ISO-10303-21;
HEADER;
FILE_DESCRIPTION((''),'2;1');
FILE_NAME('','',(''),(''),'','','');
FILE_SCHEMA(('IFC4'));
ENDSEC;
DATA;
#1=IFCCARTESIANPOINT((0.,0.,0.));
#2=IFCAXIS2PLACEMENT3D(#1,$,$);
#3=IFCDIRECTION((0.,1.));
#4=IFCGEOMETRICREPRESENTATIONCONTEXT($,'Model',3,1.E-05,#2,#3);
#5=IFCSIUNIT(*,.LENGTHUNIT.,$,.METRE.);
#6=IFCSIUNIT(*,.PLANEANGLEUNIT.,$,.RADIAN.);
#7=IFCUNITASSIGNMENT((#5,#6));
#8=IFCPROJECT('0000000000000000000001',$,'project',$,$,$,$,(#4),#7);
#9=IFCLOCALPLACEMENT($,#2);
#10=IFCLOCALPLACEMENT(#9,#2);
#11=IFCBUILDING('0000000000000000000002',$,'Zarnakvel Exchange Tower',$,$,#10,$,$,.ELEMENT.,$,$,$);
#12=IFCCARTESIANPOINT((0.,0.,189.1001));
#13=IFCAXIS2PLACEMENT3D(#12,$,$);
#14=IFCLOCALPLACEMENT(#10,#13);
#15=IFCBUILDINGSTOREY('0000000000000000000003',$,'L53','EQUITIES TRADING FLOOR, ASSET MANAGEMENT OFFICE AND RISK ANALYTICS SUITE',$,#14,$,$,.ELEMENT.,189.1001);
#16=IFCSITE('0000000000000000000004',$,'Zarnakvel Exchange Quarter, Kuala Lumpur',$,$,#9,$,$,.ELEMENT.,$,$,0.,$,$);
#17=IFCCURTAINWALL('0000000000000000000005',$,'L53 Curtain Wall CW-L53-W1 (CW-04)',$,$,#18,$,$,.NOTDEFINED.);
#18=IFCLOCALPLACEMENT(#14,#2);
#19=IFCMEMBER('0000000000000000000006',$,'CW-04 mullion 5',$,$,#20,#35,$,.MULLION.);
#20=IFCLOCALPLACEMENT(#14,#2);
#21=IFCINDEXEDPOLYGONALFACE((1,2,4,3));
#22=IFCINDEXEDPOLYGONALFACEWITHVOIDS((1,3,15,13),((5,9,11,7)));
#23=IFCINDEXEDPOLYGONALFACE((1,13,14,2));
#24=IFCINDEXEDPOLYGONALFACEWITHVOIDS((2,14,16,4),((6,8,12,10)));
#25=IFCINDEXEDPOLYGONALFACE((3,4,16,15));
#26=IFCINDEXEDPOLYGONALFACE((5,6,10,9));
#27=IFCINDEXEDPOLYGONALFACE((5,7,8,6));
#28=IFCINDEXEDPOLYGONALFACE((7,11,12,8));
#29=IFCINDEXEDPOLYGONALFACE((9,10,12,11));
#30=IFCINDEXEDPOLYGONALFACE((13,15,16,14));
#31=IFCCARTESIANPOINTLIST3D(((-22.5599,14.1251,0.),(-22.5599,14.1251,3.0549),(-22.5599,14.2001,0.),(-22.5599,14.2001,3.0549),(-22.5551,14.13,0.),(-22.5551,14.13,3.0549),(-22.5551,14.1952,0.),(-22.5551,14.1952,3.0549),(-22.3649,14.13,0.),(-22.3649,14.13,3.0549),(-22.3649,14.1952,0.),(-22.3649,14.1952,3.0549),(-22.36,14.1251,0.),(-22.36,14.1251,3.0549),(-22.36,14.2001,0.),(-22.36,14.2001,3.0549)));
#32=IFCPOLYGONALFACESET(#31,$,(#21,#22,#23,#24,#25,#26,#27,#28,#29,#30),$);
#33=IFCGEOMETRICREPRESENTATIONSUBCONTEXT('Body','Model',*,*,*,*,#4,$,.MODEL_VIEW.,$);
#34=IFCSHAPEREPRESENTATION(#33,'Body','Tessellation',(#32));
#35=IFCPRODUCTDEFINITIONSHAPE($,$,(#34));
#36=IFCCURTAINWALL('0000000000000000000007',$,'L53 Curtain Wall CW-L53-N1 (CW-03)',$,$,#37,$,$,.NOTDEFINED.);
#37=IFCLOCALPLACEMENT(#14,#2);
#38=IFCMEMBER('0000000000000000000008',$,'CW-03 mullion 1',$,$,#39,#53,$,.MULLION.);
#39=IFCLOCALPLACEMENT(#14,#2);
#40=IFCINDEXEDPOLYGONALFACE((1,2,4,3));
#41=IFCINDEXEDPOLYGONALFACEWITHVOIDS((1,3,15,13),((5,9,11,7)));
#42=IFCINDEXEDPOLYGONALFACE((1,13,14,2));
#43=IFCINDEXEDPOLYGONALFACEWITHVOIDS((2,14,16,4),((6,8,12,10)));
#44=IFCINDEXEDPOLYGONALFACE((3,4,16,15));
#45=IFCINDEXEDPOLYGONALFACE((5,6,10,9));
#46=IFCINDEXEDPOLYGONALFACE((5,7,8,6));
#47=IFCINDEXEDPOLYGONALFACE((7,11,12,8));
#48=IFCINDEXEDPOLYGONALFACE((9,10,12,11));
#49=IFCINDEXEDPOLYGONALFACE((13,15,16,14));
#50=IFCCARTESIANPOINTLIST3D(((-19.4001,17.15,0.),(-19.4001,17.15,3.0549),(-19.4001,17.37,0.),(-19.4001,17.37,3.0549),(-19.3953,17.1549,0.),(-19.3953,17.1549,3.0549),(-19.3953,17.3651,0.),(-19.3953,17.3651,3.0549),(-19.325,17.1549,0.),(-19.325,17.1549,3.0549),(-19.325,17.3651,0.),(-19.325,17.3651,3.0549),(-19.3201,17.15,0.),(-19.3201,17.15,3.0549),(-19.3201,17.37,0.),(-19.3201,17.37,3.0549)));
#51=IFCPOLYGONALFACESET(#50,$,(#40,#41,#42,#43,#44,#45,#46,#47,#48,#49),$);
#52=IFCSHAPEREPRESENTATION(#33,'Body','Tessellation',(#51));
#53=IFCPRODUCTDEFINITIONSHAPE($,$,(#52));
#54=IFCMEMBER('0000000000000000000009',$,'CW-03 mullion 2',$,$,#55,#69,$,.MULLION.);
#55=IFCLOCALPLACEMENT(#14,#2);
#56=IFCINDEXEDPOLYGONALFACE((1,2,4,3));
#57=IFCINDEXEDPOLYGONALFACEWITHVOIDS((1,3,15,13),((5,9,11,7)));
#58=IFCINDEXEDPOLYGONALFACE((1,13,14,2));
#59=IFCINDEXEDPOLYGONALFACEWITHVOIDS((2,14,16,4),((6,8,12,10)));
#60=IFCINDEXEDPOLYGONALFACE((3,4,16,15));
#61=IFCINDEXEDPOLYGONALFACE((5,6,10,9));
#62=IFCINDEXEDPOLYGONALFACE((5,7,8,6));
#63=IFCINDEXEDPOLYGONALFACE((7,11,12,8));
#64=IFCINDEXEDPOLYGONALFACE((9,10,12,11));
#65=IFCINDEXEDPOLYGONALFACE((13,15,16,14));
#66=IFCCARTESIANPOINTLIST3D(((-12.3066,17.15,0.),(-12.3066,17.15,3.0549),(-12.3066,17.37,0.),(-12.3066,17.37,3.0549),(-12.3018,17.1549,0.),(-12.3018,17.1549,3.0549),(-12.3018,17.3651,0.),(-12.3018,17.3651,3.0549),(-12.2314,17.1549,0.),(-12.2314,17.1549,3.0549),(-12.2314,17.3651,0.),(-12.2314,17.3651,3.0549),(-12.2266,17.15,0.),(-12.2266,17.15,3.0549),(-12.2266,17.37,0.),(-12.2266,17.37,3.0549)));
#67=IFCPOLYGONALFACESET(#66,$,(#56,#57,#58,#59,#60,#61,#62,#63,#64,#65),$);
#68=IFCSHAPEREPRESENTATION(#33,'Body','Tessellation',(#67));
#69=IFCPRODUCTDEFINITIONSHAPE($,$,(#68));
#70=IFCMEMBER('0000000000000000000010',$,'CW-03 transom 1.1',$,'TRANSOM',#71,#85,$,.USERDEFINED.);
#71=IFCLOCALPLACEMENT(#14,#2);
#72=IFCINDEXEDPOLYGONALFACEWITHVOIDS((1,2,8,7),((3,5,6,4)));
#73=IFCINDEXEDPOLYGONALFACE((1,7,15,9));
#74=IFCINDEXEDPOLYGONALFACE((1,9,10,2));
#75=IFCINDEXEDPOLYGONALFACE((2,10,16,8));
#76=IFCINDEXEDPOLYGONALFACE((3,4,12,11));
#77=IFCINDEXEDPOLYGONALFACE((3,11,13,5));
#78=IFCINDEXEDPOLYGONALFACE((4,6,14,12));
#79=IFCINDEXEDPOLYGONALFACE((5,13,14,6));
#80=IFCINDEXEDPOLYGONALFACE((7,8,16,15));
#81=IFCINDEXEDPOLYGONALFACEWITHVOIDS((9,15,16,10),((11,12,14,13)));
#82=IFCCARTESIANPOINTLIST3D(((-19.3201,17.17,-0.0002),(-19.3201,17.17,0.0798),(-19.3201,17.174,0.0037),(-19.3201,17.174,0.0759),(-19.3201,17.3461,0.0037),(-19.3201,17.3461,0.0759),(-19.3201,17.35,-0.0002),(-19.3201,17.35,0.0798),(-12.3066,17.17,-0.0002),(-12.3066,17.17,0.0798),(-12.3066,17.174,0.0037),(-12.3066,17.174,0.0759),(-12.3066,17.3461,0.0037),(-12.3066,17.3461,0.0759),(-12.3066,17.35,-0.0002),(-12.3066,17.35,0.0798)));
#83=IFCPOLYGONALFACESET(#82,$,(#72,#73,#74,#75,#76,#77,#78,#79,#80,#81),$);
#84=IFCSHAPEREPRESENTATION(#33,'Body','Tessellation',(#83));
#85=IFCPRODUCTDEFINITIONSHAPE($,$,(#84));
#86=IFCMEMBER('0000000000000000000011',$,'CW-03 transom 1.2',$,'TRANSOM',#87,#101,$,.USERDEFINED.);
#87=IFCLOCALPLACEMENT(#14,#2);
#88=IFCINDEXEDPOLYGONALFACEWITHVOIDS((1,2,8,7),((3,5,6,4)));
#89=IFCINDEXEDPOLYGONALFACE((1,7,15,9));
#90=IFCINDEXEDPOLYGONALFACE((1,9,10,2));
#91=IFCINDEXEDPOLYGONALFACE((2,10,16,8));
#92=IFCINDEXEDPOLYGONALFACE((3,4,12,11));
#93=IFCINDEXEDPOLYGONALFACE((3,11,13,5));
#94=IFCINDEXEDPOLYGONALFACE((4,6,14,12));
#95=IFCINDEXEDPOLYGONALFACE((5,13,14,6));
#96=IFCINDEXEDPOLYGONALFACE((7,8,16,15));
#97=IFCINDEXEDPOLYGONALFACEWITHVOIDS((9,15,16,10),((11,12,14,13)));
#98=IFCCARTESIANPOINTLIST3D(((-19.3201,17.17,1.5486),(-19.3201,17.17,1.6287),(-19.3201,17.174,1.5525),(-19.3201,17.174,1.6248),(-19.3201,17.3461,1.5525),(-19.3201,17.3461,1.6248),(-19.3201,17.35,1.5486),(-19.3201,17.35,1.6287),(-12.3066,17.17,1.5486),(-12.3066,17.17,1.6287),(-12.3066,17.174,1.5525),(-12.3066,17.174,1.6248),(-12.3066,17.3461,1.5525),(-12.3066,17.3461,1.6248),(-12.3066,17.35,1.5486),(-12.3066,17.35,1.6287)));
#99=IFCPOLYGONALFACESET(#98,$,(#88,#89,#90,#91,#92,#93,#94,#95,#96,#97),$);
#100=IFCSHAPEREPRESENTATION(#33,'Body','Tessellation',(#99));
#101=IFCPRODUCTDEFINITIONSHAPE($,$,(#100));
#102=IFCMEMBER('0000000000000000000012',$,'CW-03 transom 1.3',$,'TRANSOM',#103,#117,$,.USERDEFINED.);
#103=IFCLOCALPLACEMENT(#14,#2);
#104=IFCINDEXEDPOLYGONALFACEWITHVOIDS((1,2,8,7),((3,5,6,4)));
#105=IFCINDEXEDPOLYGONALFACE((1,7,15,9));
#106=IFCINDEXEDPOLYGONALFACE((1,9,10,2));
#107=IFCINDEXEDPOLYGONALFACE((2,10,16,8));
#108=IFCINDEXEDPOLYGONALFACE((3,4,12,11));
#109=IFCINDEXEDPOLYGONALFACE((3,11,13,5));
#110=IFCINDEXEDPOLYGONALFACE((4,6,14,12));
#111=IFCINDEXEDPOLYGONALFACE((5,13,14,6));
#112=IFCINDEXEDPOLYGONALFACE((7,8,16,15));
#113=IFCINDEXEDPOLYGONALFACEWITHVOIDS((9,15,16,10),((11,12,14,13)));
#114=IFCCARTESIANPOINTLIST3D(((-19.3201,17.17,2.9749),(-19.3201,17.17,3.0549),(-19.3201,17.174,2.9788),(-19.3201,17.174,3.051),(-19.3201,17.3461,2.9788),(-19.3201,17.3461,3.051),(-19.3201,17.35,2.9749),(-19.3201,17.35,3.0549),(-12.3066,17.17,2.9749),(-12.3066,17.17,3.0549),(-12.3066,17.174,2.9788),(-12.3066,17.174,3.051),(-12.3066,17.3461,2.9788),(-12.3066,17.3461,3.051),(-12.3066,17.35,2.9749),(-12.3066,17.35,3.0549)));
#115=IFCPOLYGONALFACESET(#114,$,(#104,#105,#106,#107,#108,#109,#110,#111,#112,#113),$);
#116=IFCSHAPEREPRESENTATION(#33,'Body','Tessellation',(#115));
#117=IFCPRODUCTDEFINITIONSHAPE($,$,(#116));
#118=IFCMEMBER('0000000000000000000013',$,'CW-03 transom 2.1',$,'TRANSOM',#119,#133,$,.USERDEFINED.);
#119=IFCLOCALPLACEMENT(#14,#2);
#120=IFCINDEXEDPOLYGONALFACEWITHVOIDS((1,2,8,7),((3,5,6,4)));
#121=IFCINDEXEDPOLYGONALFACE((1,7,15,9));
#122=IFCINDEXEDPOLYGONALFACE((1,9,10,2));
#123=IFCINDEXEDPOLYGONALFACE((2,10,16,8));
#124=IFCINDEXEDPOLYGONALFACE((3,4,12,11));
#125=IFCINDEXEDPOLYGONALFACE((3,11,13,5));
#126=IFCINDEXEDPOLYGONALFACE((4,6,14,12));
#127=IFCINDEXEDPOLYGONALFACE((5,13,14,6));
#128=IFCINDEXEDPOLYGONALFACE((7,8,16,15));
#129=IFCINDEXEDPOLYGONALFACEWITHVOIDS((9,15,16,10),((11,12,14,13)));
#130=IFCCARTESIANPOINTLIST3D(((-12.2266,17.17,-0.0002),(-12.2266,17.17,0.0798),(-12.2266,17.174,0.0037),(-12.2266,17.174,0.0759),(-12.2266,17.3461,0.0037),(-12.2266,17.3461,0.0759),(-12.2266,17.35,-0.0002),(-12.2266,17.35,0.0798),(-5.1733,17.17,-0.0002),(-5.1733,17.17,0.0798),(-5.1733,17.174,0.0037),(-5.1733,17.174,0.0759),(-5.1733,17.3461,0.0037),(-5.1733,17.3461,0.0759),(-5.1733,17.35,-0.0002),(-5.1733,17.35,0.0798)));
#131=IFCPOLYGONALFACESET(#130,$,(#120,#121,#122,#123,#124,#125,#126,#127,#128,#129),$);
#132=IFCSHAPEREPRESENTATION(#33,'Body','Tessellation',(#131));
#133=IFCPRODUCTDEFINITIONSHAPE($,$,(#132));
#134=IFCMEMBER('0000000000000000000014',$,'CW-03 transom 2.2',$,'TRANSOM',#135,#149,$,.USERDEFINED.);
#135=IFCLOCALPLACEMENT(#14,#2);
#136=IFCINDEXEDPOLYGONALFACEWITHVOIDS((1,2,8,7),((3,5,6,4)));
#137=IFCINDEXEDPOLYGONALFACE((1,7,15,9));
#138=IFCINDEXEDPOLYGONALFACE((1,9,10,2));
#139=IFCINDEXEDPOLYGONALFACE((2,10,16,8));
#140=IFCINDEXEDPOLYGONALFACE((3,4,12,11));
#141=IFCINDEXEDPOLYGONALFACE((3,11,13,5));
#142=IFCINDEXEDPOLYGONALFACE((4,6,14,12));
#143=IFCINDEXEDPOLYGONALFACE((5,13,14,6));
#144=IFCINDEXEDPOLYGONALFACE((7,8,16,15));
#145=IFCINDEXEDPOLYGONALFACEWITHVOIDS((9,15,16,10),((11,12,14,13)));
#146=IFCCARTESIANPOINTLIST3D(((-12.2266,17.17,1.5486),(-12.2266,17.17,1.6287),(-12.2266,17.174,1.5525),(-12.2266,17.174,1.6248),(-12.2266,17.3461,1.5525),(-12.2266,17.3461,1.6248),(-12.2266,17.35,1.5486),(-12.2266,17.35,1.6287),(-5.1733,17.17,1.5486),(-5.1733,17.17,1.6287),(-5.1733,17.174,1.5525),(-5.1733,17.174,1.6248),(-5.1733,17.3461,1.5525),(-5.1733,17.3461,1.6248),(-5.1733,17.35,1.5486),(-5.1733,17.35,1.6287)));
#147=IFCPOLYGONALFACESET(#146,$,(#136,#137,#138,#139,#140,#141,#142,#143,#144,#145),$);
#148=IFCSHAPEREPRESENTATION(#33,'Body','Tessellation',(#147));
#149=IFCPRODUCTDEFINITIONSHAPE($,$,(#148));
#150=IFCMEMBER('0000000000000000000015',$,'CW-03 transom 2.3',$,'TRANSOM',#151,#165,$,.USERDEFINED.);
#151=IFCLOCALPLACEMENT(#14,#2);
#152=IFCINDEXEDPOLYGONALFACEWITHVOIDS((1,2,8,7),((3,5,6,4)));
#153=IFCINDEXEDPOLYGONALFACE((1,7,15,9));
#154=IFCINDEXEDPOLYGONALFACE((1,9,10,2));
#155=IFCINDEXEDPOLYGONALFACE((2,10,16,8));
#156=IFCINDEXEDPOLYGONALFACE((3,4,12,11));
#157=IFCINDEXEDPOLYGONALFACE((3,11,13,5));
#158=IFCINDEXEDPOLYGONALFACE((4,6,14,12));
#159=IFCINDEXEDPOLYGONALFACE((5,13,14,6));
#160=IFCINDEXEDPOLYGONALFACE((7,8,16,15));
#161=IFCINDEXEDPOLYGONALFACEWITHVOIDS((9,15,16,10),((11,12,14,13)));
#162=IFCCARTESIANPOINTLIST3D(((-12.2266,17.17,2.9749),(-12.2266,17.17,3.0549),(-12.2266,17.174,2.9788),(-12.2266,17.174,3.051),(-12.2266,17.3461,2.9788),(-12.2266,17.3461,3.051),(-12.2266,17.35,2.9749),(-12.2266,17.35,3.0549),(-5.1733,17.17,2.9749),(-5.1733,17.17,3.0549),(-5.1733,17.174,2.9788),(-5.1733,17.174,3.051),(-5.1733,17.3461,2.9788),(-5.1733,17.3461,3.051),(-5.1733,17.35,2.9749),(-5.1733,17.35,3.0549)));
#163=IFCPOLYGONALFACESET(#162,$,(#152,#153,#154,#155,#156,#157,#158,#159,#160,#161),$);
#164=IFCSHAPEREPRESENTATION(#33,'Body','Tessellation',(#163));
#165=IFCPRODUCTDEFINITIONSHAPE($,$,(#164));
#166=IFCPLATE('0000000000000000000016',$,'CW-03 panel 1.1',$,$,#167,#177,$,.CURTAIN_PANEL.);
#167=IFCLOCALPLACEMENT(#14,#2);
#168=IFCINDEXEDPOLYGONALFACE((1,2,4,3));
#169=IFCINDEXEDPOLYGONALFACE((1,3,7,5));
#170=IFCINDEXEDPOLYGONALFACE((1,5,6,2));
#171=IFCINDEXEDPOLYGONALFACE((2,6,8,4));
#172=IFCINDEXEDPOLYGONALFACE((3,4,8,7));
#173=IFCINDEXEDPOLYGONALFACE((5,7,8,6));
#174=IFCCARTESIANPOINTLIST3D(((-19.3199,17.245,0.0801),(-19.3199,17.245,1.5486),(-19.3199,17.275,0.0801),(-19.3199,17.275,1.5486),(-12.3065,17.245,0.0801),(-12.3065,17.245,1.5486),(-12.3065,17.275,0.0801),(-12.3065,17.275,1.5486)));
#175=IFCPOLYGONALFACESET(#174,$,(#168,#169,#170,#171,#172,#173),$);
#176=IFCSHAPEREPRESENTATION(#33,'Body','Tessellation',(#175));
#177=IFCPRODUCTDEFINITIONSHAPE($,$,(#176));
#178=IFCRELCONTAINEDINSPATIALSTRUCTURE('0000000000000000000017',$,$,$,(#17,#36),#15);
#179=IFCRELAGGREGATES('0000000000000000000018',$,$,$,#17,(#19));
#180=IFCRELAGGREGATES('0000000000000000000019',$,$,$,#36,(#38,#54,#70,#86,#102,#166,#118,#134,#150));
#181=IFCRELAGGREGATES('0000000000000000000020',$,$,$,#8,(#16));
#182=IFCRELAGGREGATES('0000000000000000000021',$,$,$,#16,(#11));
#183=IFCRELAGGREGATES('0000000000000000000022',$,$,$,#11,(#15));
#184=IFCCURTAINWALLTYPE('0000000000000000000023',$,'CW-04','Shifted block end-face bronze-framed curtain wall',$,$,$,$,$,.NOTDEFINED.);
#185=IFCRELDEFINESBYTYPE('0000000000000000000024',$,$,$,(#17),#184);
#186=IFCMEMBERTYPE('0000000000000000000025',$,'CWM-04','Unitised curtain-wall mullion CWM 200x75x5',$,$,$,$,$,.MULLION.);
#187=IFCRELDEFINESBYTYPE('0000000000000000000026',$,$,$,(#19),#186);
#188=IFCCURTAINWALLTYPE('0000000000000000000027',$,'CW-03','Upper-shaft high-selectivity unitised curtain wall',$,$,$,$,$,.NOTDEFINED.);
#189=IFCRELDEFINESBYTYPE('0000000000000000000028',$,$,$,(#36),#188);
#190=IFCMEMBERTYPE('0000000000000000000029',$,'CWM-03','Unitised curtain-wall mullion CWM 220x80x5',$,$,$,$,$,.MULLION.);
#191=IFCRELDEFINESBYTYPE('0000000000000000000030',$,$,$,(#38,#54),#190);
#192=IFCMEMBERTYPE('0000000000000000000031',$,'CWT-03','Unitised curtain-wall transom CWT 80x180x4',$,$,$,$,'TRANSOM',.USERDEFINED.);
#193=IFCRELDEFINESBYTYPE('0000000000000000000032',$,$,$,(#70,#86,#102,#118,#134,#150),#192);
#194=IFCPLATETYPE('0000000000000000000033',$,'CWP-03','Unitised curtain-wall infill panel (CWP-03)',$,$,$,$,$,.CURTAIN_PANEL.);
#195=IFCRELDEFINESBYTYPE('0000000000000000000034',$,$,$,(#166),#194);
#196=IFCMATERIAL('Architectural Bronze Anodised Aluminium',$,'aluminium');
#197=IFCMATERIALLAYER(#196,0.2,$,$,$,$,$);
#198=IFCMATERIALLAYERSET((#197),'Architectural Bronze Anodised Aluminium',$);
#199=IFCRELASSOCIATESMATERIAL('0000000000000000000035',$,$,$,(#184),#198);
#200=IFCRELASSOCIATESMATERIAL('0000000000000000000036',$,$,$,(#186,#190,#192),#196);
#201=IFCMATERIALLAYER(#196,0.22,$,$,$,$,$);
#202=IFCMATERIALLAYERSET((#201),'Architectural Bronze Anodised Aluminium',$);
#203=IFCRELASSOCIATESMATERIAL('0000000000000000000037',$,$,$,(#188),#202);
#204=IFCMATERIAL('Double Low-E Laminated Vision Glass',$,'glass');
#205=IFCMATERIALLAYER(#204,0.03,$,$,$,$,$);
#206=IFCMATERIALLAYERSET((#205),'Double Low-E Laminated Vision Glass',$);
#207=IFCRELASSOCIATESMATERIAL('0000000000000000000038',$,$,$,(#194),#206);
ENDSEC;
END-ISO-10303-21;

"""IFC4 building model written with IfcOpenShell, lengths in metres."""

from ifc_helpers import new_model, si_unit, direction, frame, origin, origin_2d, place, context, subcontext, project, spatial, rectangle, hollow_rectangle, extrude, source, transform, mapped, material, layer, layer_set, material_profile, profile_set, type_object, element, aggregate, save


model = new_model("IFC4")

# Units and contexts
model_context = context("Model", 3, precision=1e-05, world=origin(), true_north=direction((0.0, 1.0)))
body_context = subcontext(model_context, "Body", "Model", "MODEL_VIEW")
ifc_project = project(units=[si_unit("LENGTHUNIT", "METRE"), si_unit("PLANEANGLEUNIT", "RADIAN")], contexts=[model_context])

# Site, building, storey
site_placement = place(None, origin())
site = spatial("IfcSite", under=ifc_project, at=site_placement, Name="Zarnakvel Exchange Quarter, Kuala Lumpur", CompositionType="ELEMENT", RefElevation=0.0)
building_placement = place(site_placement, origin())
building = spatial("IfcBuilding", under=site, at=building_placement, Name="Zarnakvel Exchange Tower", CompositionType="ELEMENT")
storey_placement = place(building_placement, frame((0.0, 0.0, 189.1001)))
storey = spatial("IfcBuildingStorey", under=building, at=storey_placement, Name="L53", Description="EQUITIES TRADING FLOOR, ASSET MANAGEMENT OFFICE AND RISK ANALYTICS SUITE", CompositionType="ELEMENT", Elevation=189.1001)

# Curtain wall, member
ifc_material_1 = material(Name="Architectural Bronze Anodised Aluminium", Category="aluminium")
ifc_layer_1 = layer(ifc_material_1, 0.2)
ifc_layer_set_1 = layer_set([ifc_layer_1], Name="Architectural Bronze Anodised Aluminium")
curtain_wall_type_1 = type_object("IfcCurtainWallType", Name="CW-04", Description="Shifted block end-face bronze-framed curtain wall", PredefinedType="NOTDEFINED", material=ifc_layer_set_1)
curtain_wall_1_placement = place(storey_placement, origin())
curtain_wall_1 = element("IfcCurtainWall", 1, at=curtain_wall_1_placement, inside=storey, type_object=curtain_wall_type_1, Name="L53 Curtain Wall CW-L53-W1 (CW-04)", PredefinedType="NOTDEFINED")
ifc_material_profile_1 = material_profile(ifc_material_1, hollow_rectangle(XDim=0.2, YDim=0.075, WallThickness=0.0049, at=origin_2d()))
ifc_profile_set_1 = profile_set([ifc_material_profile_1], Name="Architectural Bronze Anodised Aluminium")
member_type_1 = type_object("IfcMemberType", Name="CWM-04", Description="Unitised curtain-wall mullion CWM 200x75x5", PredefinedType="MULLION", material=ifc_profile_set_1)
shared_shape_1 = source(origin(), body_context, "Body", "SweptSolid", [
    extrude(hollow_rectangle(XDim=0.2, YDim=0.075, WallThickness=0.0049, at=origin_2d()), origin(), (0.0, 0.0, 1.0), 3.0549),
])
member_1_placement = place(storey_placement, frame((-22.46, 14.1626, 0.0), z_axis=(0.0, 0.0, 1.0), x_axis=(-1.0, 0.0, 0.0)))
member_1 = element("IfcMember", 2, at=member_1_placement, type_object=member_type_1, Name="CW-04 mullion 5", PredefinedType="MULLION", context=body_context, shape_type="MappedRepresentation", body=[
    mapped(shared_shape_1, transform((0.0, 0.0, 0.0), x_axis=(1.0, 0.0, 0.0), y_axis=(0.0, 1.0, 0.0), z_axis=(0.0, 0.0, 1.0), scale=1.0)),
])
aggregate(curtain_wall_1, [member_1])

# Curtain wall, members, plate
ifc_layer_2 = layer(ifc_material_1, 0.22)
ifc_layer_set_2 = layer_set([ifc_layer_2], Name="Architectural Bronze Anodised Aluminium")
curtain_wall_type_2 = type_object("IfcCurtainWallType", Name="CW-03", Description="Upper-shaft high-selectivity unitised curtain wall", PredefinedType="NOTDEFINED", material=ifc_layer_set_2)
curtain_wall_2_placement = place(storey_placement, origin())
curtain_wall_2 = element("IfcCurtainWall", 3, at=curtain_wall_2_placement, inside=storey, type_object=curtain_wall_type_2, Name="L53 Curtain Wall CW-L53-N1 (CW-03)", PredefinedType="NOTDEFINED")
ifc_material_profile_2 = material_profile(ifc_material_1, hollow_rectangle(XDim=0.22, YDim=0.0801, WallThickness=0.0049, at=origin_2d()))
ifc_profile_set_2 = profile_set([ifc_material_profile_2], Name="Architectural Bronze Anodised Aluminium")
member_type_2 = type_object("IfcMemberType", Name="CWM-03", Description="Unitised curtain-wall mullion CWM 220x80x5", PredefinedType="MULLION", material=ifc_profile_set_2)
shared_shape_2 = source(origin(), body_context, "Body", "SweptSolid", [
    extrude(hollow_rectangle(XDim=0.22, YDim=0.0801, WallThickness=0.0049, at=origin_2d()), origin(), (0.0, 0.0, 1.0), 3.0549),
])
member_2_placement = place(storey_placement, frame((-19.3601, 17.26, 0.0), z_axis=(0.0, 0.0, 1.0), x_axis=(0.0, 1.0, 0.0)))
member_2 = element("IfcMember", 4, at=member_2_placement, type_object=member_type_2, Name="CW-03 mullion 1", PredefinedType="MULLION", context=body_context, shape_type="MappedRepresentation", body=[
    mapped(shared_shape_2, transform((0.0, 0.0, 0.0), x_axis=(1.0, 0.0, 0.0), y_axis=(0.0, 1.0, 0.0), z_axis=(0.0, 0.0, 1.0), scale=1.0)),
])
member_3_placement = place(storey_placement, frame((-12.2666, 17.26, 0.0), z_axis=(0.0, 0.0, 1.0), x_axis=(0.0, 1.0, 0.0)))
member_3 = element("IfcMember", 5, at=member_3_placement, type_object=member_type_2, Name="CW-03 mullion 2", PredefinedType="MULLION", context=body_context, shape_type="MappedRepresentation", body=[
    mapped(shared_shape_2, transform((0.0, 0.0, 0.0), x_axis=(1.0, 0.0, 0.0), y_axis=(0.0, 1.0, 0.0), z_axis=(0.0, 0.0, 1.0), scale=1.0)),
])
ifc_material_profile_3 = material_profile(ifc_material_1, hollow_rectangle(XDim=0.1799, YDim=0.0801, WallThickness=0.0039, at=origin_2d()))
ifc_profile_set_3 = profile_set([ifc_material_profile_3], Name="Architectural Bronze Anodised Aluminium")
member_type_3 = type_object("IfcMemberType", Name="CWT-03", Description="Unitised curtain-wall transom CWT 80x180x4", ElementType="TRANSOM", PredefinedType="USERDEFINED", material=ifc_profile_set_3)
shared_shape_3 = source(origin(), body_context, "Body", "SweptSolid", [
    extrude(hollow_rectangle(XDim=0.1799, YDim=0.0801, WallThickness=0.0039, at=origin_2d()), origin(), (0.0, 0.0, 1.0), 7.0134),
])
member_4_placement = place(storey_placement, frame((-19.3201, 17.26, 0.0398), z_axis=(1.0, 0.0, 0.0), x_axis=(0.0, 1.0, 0.0)))
member_4 = element("IfcMember", 6, at=member_4_placement, type_object=member_type_3, Name="CW-03 transom 1.1", ObjectType="TRANSOM", PredefinedType="USERDEFINED", context=body_context, shape_type="MappedRepresentation", body=[
    mapped(shared_shape_3, transform((0.0, 0.0, 0.0), x_axis=(1.0, 0.0, 0.0), y_axis=(0.0, 1.0, 0.0), z_axis=(0.0, 0.0, 1.0), scale=1.0)),
])
member_5_placement = place(storey_placement, frame((-19.3201, 17.26, 1.5886), z_axis=(1.0, 0.0, 0.0), x_axis=(0.0, 1.0, 0.0)))
member_5 = element("IfcMember", 7, at=member_5_placement, type_object=member_type_3, Name="CW-03 transom 1.2", ObjectType="TRANSOM", PredefinedType="USERDEFINED", context=body_context, shape_type="MappedRepresentation", body=[
    mapped(shared_shape_3, transform((0.0, 0.0, 0.0), x_axis=(1.0, 0.0, 0.0), y_axis=(0.0, 1.0, 0.0), z_axis=(0.0, 0.0, 1.0), scale=1.0)),
])
member_6_placement = place(storey_placement, frame((-19.3201, 17.26, 3.0149), z_axis=(1.0, 0.0, 0.0), x_axis=(0.0, 1.0, 0.0)))
member_6 = element("IfcMember", 8, at=member_6_placement, type_object=member_type_3, Name="CW-03 transom 1.3", ObjectType="TRANSOM", PredefinedType="USERDEFINED", context=body_context, shape_type="MappedRepresentation", body=[
    mapped(shared_shape_3, transform((0.0, 0.0, 0.0), x_axis=(1.0, 0.0, 0.0), y_axis=(0.0, 1.0, 0.0), z_axis=(0.0, 0.0, 1.0), scale=1.0)),
])
shared_shape_4 = source(origin(), body_context, "Body", "SweptSolid", [
    extrude(hollow_rectangle(XDim=0.1799, YDim=0.0801, WallThickness=0.0039, at=origin_2d()), origin(), (0.0, 0.0, 1.0), 7.0532),
])
member_7_placement = place(storey_placement, frame((-12.2266, 17.26, 0.0398), z_axis=(1.0, 0.0, 0.0), x_axis=(0.0, 1.0, 0.0)))
member_7 = element("IfcMember", 9, at=member_7_placement, type_object=member_type_3, Name="CW-03 transom 2.1", ObjectType="TRANSOM", PredefinedType="USERDEFINED", context=body_context, shape_type="MappedRepresentation", body=[
    mapped(shared_shape_4, transform((0.0, 0.0, 0.0), x_axis=(1.0, 0.0, 0.0), y_axis=(0.0, 1.0, 0.0), z_axis=(0.0, 0.0, 1.0), scale=1.0)),
])
member_8_placement = place(storey_placement, frame((-12.2266, 17.26, 1.5886), z_axis=(1.0, 0.0, 0.0), x_axis=(0.0, 1.0, 0.0)))
member_8 = element("IfcMember", 10, at=member_8_placement, type_object=member_type_3, Name="CW-03 transom 2.2", ObjectType="TRANSOM", PredefinedType="USERDEFINED", context=body_context, shape_type="MappedRepresentation", body=[
    mapped(shared_shape_4, transform((0.0, 0.0, 0.0), x_axis=(1.0, 0.0, 0.0), y_axis=(0.0, 1.0, 0.0), z_axis=(0.0, 0.0, 1.0), scale=1.0)),
])
member_9_placement = place(storey_placement, frame((-12.2266, 17.26, 3.0149), z_axis=(1.0, 0.0, 0.0), x_axis=(0.0, 1.0, 0.0)))
member_9 = element("IfcMember", 11, at=member_9_placement, type_object=member_type_3, Name="CW-03 transom 2.3", ObjectType="TRANSOM", PredefinedType="USERDEFINED", context=body_context, shape_type="MappedRepresentation", body=[
    mapped(shared_shape_4, transform((0.0, 0.0, 0.0), x_axis=(1.0, 0.0, 0.0), y_axis=(0.0, 1.0, 0.0), z_axis=(0.0, 0.0, 1.0), scale=1.0)),
])
ifc_material_2 = material(Name="Double Low-E Laminated Vision Glass", Category="glass")
ifc_layer_3 = layer(ifc_material_2, 0.03)
ifc_layer_set_3 = layer_set([ifc_layer_3], Name="Double Low-E Laminated Vision Glass")
plate_type = type_object("IfcPlateType", Name="CWP-03", Description="Unitised curtain-wall infill panel (CWP-03)", PredefinedType="CURTAIN_PANEL", material=ifc_layer_set_3)
shared_shape_5 = source(origin(), body_context, "Body", "SweptSolid", [
    extrude(rectangle(XDim=7.0134, YDim=0.03, at=origin_2d()), origin(), (0.0, 0.0, 1.0), 1.4685),
])
plate_1_placement = place(storey_placement, frame((-15.8132, 17.26, 0.0801), z_axis=(0.0, 0.0, 1.0), x_axis=(1.0, 0.0, 0.0)))
plate_1 = element("IfcPlate", 12, at=plate_1_placement, type_object=plate_type, Name="CW-03 panel 1.1", PredefinedType="CURTAIN_PANEL", context=body_context, shape_type="MappedRepresentation", body=[
    mapped(shared_shape_5, transform((0.0, 0.0, 0.0), x_axis=(1.0, 0.0, 0.0), y_axis=(0.0, 1.0, 0.0), z_axis=(0.0, 0.0, 1.0), scale=1.0)),
])
aggregate(curtain_wall_2, [member_2, member_3, member_4, member_5, member_6, plate_1, member_7, member_8, member_9])

save(model, "model.ifc")
